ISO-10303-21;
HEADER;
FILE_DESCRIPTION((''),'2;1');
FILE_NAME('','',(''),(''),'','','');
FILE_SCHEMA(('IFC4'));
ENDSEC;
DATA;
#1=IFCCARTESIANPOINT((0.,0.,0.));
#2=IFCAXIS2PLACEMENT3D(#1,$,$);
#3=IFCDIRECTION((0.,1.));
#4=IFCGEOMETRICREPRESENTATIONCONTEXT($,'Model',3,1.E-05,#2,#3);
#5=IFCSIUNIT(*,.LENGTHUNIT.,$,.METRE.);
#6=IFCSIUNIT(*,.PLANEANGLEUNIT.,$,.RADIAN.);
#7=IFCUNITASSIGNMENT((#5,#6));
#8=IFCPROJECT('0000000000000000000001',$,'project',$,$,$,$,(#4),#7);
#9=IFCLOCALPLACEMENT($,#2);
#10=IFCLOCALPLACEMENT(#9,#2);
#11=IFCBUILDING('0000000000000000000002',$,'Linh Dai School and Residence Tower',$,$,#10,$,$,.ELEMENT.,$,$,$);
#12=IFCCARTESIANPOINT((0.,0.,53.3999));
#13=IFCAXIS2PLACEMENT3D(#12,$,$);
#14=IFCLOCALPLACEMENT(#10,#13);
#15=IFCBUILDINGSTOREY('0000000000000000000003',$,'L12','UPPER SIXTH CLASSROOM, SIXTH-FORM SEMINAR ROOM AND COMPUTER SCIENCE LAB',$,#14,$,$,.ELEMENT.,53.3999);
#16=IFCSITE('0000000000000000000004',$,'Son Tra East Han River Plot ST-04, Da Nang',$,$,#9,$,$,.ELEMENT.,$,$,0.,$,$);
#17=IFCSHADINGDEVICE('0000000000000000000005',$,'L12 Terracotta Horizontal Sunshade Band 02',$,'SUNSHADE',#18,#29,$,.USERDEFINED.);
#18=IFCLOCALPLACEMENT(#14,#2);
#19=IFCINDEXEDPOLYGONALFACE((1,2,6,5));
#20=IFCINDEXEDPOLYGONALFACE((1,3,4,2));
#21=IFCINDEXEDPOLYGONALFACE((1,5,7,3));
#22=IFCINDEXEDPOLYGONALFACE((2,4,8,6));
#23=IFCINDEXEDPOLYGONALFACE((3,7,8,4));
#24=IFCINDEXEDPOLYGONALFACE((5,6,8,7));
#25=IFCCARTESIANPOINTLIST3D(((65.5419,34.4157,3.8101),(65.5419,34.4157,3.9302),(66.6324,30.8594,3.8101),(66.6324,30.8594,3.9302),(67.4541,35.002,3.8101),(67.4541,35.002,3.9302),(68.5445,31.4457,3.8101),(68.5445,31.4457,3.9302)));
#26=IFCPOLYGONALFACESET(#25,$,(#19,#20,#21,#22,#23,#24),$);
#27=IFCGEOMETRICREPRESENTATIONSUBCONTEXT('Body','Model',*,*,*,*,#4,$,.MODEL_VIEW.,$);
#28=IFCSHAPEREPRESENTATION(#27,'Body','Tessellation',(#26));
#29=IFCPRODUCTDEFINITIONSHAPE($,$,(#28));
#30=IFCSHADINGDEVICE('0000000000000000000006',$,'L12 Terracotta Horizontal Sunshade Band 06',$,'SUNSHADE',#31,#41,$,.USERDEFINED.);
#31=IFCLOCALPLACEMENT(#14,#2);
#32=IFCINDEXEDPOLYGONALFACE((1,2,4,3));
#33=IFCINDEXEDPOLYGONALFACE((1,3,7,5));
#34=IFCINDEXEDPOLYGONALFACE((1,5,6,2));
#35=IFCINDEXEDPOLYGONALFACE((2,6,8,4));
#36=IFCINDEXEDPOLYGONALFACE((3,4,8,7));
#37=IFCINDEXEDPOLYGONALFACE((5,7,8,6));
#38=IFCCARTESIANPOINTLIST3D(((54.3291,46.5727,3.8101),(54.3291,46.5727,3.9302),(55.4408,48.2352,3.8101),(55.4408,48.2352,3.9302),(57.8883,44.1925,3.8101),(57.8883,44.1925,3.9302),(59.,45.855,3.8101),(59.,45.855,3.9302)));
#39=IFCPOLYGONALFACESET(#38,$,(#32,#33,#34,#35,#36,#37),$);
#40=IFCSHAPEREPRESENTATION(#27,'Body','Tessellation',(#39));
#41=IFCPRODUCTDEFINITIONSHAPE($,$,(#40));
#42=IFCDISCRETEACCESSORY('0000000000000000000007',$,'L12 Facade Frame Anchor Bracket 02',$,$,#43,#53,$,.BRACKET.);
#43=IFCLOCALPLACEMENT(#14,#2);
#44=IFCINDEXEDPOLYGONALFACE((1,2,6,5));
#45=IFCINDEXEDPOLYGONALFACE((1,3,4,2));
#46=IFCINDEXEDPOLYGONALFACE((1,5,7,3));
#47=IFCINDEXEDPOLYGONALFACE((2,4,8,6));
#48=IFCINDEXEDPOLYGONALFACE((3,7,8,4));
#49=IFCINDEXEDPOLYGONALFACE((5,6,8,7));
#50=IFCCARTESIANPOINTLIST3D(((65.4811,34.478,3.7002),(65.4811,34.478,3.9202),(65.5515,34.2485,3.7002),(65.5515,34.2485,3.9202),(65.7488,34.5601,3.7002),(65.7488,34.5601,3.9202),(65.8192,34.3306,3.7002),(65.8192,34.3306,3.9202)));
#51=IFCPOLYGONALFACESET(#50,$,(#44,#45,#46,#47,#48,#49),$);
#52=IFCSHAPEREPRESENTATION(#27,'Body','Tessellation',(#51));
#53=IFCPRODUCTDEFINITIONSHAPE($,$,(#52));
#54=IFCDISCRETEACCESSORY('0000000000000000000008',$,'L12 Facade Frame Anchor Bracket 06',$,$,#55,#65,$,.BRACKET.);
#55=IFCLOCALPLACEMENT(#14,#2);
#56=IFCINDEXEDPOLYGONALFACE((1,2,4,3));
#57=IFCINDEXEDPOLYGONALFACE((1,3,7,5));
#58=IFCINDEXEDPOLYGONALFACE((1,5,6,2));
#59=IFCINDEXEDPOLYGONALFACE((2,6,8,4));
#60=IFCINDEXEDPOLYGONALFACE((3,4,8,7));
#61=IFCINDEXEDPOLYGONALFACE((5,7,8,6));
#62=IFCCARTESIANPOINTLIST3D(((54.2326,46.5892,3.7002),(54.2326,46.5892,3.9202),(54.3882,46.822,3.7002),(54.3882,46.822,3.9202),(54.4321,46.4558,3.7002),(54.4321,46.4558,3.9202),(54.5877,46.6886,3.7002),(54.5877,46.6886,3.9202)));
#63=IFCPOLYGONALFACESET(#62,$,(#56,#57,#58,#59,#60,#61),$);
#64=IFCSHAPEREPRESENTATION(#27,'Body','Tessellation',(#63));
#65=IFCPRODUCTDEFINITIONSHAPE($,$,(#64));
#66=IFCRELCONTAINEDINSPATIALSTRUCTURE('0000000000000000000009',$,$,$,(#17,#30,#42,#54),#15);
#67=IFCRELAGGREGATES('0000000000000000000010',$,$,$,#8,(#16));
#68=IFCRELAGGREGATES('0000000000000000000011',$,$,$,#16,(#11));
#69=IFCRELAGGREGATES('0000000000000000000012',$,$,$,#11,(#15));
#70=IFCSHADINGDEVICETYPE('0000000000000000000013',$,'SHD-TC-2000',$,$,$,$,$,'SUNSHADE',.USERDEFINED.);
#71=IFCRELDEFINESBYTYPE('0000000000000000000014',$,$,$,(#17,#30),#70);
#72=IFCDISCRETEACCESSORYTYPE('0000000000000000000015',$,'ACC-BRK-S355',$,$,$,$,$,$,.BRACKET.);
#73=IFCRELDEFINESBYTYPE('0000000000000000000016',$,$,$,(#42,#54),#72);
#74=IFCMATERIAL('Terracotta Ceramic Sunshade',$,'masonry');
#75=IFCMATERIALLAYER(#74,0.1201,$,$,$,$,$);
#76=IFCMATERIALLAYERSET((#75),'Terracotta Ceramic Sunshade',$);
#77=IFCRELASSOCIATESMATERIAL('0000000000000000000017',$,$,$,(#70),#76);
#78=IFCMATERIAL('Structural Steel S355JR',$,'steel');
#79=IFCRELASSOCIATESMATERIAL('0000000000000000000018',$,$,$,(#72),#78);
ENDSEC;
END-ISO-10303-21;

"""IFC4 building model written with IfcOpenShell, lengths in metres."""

from ifc_helpers import new_model, si_unit, direction, frame, origin, origin_2d, place, context, subcontext, project, spatial, rectangle, extrude, source, transform, mapped, material, layer, layer_set, type_object, element, save


model = new_model("IFC4")

# Units and contexts
model_context = context("Model", 3, precision=1e-05, world=origin(), true_north=direction((0.0, 1.0)))
body_context = subcontext(model_context, "Body", "Model", "MODEL_VIEW")
ifc_project = project(units=[si_unit("LENGTHUNIT", "METRE"), si_unit("PLANEANGLEUNIT", "RADIAN")], contexts=[model_context])

# Site, building, storey
site_placement = place(None, origin())
site = spatial("IfcSite", under=ifc_project, at=site_placement, Name="Son Tra East Han River Plot ST-04, Da Nang", CompositionType="ELEMENT", RefElevation=0.0)
building_placement = place(site_placement, origin())
building = spatial("IfcBuilding", under=site, at=building_placement, Name="Linh Dai School and Residence Tower", CompositionType="ELEMENT")
storey_placement = place(building_placement, frame((0.0, 0.0, 53.3999)))
storey = spatial("IfcBuildingStorey", under=building, at=storey_placement, Name="L12", Description="UPPER SIXTH CLASSROOM, SIXTH-FORM SEMINAR ROOM AND COMPUTER SCIENCE LAB", CompositionType="ELEMENT", Elevation=53.3999)

# Shared definitions
ifc_material_1 = material(Name="Structural Steel S355JR", Category="steel")

# Shading devices
ifc_material_2 = material(Name="Terracotta Ceramic Sunshade", Category="masonry")
ifc_layer_1 = layer(ifc_material_2, 0.1201)
ifc_layer_set_1 = layer_set([ifc_layer_1], Name="Terracotta Ceramic Sunshade")
shading_device_type = type_object("IfcShadingDeviceType", Name="SHD-TC-2000", ElementType="SUNSHADE", PredefinedType="USERDEFINED", material=ifc_layer_set_1)
shared_shape_1 = source(origin(), body_context, "Body", "SweptSolid", [
    extrude(rectangle(XDim=3.7197, YDim=2.0, at=origin_2d()), origin(), (0.0, 0.0, 1.0), 0.1201),
])
shading_device_1_placement = place(storey_placement, frame((67.0432, 32.9307, 3.8101), z_axis=(0.0, 0.0, 1.0), x_axis=(0.293146, -0.956068, 0.0)))
element("IfcShadingDevice", 1, at=shading_device_1_placement, inside=storey, type_object=shading_device_type, Name="L12 Terracotta Horizontal Sunshade Band 02", ObjectType="SUNSHADE", PredefinedType="USERDEFINED", context=body_context, shape_type="MappedRepresentation", body=[
    mapped(shared_shape_1, transform((0.0, 0.0, 0.0), x_axis=(1.0, 0.0, 0.0), y_axis=(0.0, 1.0, 0.0), z_axis=(0.0, 0.0, 1.0), scale=1.0)),
])
shared_shape_2 = source(origin(), body_context, "Body", "SweptSolid", [
    extrude(rectangle(XDim=4.2817, YDim=2.0, at=origin_2d()), origin(), (0.0, 0.0, 1.0), 0.1201),
])
shading_device_2_placement = place(storey_placement, frame((56.6646, 46.2139, 3.8101), z_axis=(0.0, 0.0, 1.0), x_axis=(0.831251, -0.555898, 0.0)))
element("IfcShadingDevice", 2, at=shading_device_2_placement, inside=storey, type_object=shading_device_type, Name="L12 Terracotta Horizontal Sunshade Band 06", ObjectType="SUNSHADE", PredefinedType="USERDEFINED", context=body_context, shape_type="MappedRepresentation", body=[
    mapped(shared_shape_2, transform((0.0, 0.0, 0.0), x_axis=(1.0, 0.0, 0.0), y_axis=(0.0, 1.0, 0.0), z_axis=(0.0, 0.0, 1.0), scale=1.0)),
])

# Discrete accessories
discrete_accessory_type = type_object("IfcDiscreteAccessoryType", Name="ACC-BRK-S355", PredefinedType="BRACKET", material=ifc_material_1)
shared_shape_3 = source(origin(), body_context, "Body", "SweptSolid", [
    extrude(rectangle(XDim=0.28, YDim=0.24, at=origin_2d()), origin(), (0.0, 0.0, 1.0), 0.22),
])
for number, where, z_axis, x_axis, name in (
    (3, (65.6501, 34.4043, 3.7002), (0.0, 0.0, 1.0), (0.956068, 0.293146, 0.0), "L12 Facade Frame Anchor Bracket 02"),
    (4, (54.4102, 46.6389, 3.7002), (0.0, 0.0, 1.0), (0.555898, 0.831251, 0.0), "L12 Facade Frame Anchor Bracket 06"),
):
    element("IfcDiscreteAccessory", number, at=place(storey_placement, frame(where, z_axis=z_axis, x_axis=x_axis)), inside=storey, type_object=discrete_accessory_type, Name=name, PredefinedType="BRACKET", context=body_context, shape_type="MappedRepresentation", body=[
        mapped(shared_shape_3, transform((0.0, 0.0, 0.0), x_axis=(1.0, 0.0, 0.0), y_axis=(0.0, 1.0, 0.0), z_axis=(0.0, 0.0, 1.0), scale=1.0)),
    ])

save(model, "model.ifc")
